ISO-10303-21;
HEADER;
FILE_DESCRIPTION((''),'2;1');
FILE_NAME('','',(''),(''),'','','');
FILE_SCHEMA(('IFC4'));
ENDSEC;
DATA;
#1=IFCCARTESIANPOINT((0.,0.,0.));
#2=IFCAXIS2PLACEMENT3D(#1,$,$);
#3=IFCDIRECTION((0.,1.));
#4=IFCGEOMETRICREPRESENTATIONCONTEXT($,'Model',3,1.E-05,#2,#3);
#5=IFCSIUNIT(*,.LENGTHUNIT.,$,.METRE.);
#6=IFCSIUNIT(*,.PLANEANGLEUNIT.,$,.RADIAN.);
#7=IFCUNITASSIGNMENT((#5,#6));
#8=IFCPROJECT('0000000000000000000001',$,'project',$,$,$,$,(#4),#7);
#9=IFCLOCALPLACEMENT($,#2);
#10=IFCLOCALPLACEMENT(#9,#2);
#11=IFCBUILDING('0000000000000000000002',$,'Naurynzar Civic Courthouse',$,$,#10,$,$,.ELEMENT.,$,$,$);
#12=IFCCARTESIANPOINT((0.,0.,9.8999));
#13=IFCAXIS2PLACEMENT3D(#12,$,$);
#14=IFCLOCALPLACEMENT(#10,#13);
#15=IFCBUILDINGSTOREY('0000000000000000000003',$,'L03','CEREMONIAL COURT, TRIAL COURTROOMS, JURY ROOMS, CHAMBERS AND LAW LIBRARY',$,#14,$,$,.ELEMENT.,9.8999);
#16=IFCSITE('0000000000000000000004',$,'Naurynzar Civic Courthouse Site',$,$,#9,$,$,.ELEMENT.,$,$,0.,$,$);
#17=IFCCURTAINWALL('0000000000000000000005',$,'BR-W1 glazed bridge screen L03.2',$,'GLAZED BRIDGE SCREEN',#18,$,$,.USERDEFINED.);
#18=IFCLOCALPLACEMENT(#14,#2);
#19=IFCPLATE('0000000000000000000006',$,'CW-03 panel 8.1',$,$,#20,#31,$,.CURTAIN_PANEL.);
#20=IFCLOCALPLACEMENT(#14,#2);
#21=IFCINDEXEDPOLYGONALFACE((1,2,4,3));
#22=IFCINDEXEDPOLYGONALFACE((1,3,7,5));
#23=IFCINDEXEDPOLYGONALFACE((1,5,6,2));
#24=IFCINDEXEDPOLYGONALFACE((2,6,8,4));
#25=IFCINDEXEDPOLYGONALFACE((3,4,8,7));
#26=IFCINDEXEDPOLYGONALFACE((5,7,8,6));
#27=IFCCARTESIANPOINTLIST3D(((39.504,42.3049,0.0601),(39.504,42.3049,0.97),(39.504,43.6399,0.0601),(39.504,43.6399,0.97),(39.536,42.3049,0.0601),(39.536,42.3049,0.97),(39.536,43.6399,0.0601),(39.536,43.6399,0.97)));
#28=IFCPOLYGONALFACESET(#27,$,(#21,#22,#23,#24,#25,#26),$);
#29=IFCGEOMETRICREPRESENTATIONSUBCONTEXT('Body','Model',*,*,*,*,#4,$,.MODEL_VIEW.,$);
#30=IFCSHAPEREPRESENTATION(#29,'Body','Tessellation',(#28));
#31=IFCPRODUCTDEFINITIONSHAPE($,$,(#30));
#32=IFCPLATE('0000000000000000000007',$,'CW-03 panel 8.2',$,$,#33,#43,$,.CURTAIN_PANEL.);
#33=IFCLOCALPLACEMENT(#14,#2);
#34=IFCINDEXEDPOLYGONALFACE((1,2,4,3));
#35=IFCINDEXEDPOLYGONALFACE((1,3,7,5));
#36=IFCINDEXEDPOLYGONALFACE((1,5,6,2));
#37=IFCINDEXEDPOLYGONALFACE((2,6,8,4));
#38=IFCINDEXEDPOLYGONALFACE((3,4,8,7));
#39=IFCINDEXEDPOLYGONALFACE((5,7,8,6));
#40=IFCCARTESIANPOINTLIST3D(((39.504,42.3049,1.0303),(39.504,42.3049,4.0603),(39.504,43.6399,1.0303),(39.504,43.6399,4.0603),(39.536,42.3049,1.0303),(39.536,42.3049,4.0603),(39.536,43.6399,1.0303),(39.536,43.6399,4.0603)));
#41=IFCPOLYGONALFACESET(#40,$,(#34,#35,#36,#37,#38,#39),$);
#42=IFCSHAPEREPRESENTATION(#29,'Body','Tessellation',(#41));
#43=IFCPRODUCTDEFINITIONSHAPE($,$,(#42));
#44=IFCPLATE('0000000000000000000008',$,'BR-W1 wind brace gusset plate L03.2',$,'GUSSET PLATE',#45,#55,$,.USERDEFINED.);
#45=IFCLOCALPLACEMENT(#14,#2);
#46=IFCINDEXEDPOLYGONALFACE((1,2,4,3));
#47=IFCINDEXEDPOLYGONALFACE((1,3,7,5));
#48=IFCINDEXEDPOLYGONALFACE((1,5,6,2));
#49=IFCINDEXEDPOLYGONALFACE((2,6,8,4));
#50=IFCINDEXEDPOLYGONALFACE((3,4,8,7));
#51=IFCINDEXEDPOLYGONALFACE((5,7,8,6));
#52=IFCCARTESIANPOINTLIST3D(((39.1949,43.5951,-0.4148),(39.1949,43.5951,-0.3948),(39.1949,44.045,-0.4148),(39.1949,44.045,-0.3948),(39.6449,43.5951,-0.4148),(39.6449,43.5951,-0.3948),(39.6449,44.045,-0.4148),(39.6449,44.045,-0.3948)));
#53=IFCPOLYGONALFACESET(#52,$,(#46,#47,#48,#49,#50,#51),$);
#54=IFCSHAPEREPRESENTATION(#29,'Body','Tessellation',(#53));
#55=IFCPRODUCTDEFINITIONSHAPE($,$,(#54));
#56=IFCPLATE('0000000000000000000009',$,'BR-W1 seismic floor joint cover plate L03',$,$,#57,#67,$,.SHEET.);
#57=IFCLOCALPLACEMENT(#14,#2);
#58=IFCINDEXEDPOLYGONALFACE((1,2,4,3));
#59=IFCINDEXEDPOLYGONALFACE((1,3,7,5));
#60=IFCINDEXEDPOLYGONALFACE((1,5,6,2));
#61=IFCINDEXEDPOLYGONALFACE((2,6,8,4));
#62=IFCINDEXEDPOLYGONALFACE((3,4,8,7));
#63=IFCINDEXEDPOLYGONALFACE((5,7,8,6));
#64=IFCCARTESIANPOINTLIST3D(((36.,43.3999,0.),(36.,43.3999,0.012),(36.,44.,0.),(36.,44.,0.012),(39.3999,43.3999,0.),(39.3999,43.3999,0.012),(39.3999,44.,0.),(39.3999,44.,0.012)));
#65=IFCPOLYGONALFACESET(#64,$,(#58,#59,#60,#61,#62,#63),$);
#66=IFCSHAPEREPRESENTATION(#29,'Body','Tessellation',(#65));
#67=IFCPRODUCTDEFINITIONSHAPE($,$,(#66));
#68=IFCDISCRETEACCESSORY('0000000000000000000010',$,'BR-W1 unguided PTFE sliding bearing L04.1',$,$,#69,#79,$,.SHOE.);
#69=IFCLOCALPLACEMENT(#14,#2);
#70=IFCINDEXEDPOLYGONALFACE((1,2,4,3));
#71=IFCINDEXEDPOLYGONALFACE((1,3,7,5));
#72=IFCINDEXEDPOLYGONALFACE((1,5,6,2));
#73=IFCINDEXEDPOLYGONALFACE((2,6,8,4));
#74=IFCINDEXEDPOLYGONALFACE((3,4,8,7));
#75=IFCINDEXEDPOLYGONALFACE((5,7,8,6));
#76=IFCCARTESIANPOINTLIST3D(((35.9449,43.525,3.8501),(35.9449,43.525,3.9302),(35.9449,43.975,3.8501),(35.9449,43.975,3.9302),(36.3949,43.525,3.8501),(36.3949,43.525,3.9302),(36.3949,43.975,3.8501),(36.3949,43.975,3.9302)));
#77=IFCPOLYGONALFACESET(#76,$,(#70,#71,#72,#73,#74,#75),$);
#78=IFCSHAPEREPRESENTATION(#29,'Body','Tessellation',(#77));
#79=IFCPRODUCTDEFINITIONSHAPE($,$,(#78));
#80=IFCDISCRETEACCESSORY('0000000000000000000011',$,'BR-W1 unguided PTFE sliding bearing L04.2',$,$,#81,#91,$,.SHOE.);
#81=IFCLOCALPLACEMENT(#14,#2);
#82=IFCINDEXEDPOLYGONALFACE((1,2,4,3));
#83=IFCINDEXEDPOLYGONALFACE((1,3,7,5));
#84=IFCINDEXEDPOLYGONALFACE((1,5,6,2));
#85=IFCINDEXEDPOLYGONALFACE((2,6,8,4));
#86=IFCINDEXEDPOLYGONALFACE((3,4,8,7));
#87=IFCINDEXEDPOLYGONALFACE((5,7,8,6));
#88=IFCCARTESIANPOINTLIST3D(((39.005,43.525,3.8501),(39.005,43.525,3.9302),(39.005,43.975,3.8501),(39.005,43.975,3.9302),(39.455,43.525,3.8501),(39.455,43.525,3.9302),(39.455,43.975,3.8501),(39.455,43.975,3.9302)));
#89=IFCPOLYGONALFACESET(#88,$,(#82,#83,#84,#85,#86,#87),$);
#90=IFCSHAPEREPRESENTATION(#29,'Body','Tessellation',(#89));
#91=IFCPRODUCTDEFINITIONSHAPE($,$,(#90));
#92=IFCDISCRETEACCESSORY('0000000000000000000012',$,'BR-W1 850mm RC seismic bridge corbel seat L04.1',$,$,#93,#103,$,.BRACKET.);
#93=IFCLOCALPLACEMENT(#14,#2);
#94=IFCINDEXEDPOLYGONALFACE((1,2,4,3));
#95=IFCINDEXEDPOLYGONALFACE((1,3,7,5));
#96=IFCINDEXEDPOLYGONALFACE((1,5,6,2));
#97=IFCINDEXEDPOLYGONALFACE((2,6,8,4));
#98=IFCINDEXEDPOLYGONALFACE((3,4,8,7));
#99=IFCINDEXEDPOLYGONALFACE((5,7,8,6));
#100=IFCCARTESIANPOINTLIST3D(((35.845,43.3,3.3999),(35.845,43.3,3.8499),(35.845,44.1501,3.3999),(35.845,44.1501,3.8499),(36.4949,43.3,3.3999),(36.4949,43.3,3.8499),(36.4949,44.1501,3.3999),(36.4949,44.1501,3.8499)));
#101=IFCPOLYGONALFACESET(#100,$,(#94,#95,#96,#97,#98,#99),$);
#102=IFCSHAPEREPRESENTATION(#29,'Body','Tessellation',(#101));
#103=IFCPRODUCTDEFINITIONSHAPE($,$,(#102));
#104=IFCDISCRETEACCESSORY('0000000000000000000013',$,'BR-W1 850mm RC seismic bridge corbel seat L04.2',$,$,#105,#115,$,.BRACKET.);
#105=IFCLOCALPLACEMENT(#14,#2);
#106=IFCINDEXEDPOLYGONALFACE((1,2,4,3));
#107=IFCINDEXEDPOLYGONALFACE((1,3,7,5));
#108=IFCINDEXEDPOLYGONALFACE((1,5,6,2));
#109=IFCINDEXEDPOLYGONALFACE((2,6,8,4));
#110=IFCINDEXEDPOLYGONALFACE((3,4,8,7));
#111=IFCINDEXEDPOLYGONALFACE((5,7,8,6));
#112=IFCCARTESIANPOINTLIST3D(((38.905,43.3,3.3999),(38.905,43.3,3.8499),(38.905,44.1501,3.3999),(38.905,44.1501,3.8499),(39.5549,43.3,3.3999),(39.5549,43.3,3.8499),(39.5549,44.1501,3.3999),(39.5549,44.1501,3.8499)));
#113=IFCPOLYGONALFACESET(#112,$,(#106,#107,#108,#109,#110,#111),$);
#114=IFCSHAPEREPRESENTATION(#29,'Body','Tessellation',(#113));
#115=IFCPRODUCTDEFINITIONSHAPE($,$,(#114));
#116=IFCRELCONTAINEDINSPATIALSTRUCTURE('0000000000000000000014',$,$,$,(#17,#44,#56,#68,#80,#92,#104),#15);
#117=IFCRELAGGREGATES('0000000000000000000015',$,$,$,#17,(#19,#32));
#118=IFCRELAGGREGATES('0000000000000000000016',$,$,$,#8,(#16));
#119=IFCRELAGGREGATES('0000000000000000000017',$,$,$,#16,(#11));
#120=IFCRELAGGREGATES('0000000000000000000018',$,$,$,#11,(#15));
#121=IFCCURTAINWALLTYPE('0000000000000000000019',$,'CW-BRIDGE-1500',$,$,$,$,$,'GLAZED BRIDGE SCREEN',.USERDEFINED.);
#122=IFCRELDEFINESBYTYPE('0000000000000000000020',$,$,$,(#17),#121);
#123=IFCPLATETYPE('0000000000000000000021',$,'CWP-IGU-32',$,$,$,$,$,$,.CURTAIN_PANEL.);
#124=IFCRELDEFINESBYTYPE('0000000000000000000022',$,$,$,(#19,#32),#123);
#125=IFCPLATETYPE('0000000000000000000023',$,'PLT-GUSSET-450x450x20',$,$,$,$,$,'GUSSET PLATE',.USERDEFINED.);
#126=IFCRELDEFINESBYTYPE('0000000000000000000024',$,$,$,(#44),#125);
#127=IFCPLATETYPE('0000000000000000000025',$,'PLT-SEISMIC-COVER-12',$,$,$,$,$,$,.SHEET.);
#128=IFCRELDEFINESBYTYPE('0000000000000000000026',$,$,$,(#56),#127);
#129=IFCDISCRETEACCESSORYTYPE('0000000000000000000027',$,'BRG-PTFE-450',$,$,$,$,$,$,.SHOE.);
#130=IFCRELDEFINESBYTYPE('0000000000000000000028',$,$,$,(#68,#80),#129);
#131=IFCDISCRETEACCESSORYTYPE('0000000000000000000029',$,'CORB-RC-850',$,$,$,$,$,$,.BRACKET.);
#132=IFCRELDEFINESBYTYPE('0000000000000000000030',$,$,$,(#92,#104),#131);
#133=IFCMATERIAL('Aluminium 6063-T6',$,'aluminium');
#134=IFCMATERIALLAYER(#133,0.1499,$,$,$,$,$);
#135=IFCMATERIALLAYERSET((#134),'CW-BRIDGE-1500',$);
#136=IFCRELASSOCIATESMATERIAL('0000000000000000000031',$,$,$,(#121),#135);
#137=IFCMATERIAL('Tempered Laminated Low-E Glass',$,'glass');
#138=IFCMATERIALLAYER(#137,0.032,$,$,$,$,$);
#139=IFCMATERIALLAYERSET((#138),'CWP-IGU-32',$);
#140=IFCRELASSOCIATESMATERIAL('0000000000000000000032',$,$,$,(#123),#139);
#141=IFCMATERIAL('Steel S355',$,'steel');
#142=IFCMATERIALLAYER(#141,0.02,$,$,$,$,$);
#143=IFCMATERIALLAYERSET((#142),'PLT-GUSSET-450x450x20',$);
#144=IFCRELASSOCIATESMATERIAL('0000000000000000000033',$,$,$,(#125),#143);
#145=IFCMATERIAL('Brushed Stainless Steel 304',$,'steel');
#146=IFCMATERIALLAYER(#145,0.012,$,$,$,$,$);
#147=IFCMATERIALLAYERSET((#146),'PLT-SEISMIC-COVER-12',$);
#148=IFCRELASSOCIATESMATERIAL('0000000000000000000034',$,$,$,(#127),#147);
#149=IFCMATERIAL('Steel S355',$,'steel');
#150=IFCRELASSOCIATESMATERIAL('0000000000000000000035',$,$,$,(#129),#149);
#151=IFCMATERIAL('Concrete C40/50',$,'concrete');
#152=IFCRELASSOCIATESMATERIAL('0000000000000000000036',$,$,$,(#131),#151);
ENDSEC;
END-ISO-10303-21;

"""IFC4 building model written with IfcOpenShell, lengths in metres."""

from ifc_helpers import new_model, si_unit, direction, frame, origin, origin_2d, place, context, subcontext, project, spatial, rectangle, extrude, material, layer, layer_set, type_object, element, aggregate, save


model = new_model("IFC4")

# Units and contexts
model_context = context("Model", 3, precision=1e-05, world=origin(), true_north=direction((0.0, 1.0)))
body_context = subcontext(model_context, "Body", "Model", "MODEL_VIEW")
ifc_project = project(units=[si_unit("LENGTHUNIT", "METRE"), si_unit("PLANEANGLEUNIT", "RADIAN")], contexts=[model_context])

# Site, building, storey
site_placement = place(None, origin())
site = spatial("IfcSite", under=ifc_project, at=site_placement, Name="Naurynzar Civic Courthouse Site", CompositionType="ELEMENT", RefElevation=0.0)
building_placement = place(site_placement, origin())
building = spatial("IfcBuilding", under=site, at=building_placement, Name="Naurynzar Civic Courthouse", CompositionType="ELEMENT")
storey_placement = place(building_placement, frame((0.0, 0.0, 9.8999)))
storey = spatial("IfcBuildingStorey", under=building, at=storey_placement, Name="L03", Description="CEREMONIAL COURT, TRIAL COURTROOMS, JURY ROOMS, CHAMBERS AND LAW LIBRARY", CompositionType="ELEMENT", Elevation=9.8999)

# Curtain wall
ifc_material_1 = material(Name="Aluminium 6063-T6", Category="aluminium")
ifc_layer_1 = layer(ifc_material_1, 0.1499)
ifc_layer_set_1 = layer_set([ifc_layer_1], Name="CW-BRIDGE-1500")
curtain_wall_type = type_object("IfcCurtainWallType", Name="CW-BRIDGE-1500", ElementType="GLAZED BRIDGE SCREEN", PredefinedType="USERDEFINED", material=ifc_layer_set_1)
curtain_wall_1_placement = place(storey_placement, origin())
curtain_wall_1 = element("IfcCurtainWall", 1, at=curtain_wall_1_placement, inside=storey, type_object=curtain_wall_type, Name="BR-W1 glazed bridge screen L03.2", ObjectType="GLAZED BRIDGE SCREEN", PredefinedType="USERDEFINED")

# Plates
ifc_material_2 = material(Name="Tempered Laminated Low-E Glass", Category="glass")
ifc_layer_2 = layer(ifc_material_2, 0.032)
ifc_layer_set_2 = layer_set([ifc_layer_2], Name="CWP-IGU-32")
plate_type_1 = type_object("IfcPlateType", Name="CWP-IGU-32", PredefinedType="CURTAIN_PANEL", material=ifc_layer_set_2)
plate_1_placement = place(storey_placement, frame((39.52, 42.9724, 0.0601), z_axis=(0.0, 0.0, 1.0), x_axis=(0.0, 1.0, 0.0)))
plate_1 = element("IfcPlate", 2, at=plate_1_placement, type_object=plate_type_1, Name="CW-03 panel 8.1", PredefinedType="CURTAIN_PANEL", context=body_context, shape_type="SweptSolid", body=[
    extrude(rectangle(XDim=1.335, YDim=0.032, at=origin_2d()), origin(), (0.0, 0.0, 1.0), 0.9099),
])
plate_2_placement = place(storey_placement, frame((39.52, 42.9724, 1.0303), z_axis=(0.0, 0.0, 1.0), x_axis=(0.0, 1.0, 0.0)))
plate_2 = element("IfcPlate", 3, at=plate_2_placement, type_object=plate_type_1, Name="CW-03 panel 8.2", PredefinedType="CURTAIN_PANEL", context=body_context, shape_type="SweptSolid", body=[
    extrude(rectangle(XDim=1.335, YDim=0.032, at=origin_2d()), origin(), (0.0, 0.0, 1.0), 3.03),
])
aggregate(curtain_wall_1, [plate_1, plate_2])

# Plates
ifc_material_3 = material(Name="Steel S355", Category="steel")
ifc_layer_3 = layer(ifc_material_3, 0.02)
ifc_layer_set_3 = layer_set([ifc_layer_3], Name="PLT-GUSSET-450x450x20")
plate_type_2 = type_object("IfcPlateType", Name="PLT-GUSSET-450x450x20", ElementType="GUSSET PLATE", PredefinedType="USERDEFINED", material=ifc_layer_set_3)
plate_3_placement = place(storey_placement, frame((39.4199, 43.8201, -0.4148), z_axis=(0.0, 0.0, 1.0), x_axis=(1.0, 0.0, 0.0)))
element("IfcPlate", 4, at=plate_3_placement, inside=storey, type_object=plate_type_2, Name="BR-W1 wind brace gusset plate L03.2", ObjectType="GUSSET PLATE", PredefinedType="USERDEFINED", context=body_context, shape_type="SweptSolid", body=[
    extrude(rectangle(XDim=0.45, YDim=0.45, at=origin_2d()), origin(), (0.0, 0.0, 1.0), 0.02),
])
ifc_material_4 = material(Name="Brushed Stainless Steel 304", Category="steel")
ifc_layer_4 = layer(ifc_material_4, 0.012)
ifc_layer_set_4 = layer_set([ifc_layer_4], Name="PLT-SEISMIC-COVER-12")
plate_type_3 = type_object("IfcPlateType", Name="PLT-SEISMIC-COVER-12", PredefinedType="SHEET", material=ifc_layer_set_4)
plate_4_placement = place(storey_placement, frame((37.7, 43.7, 0.0), z_axis=(0.0, 0.0, 1.0), x_axis=(1.0, 0.0, 0.0)))
element("IfcPlate", 5, at=plate_4_placement, inside=storey, type_object=plate_type_3, Name="BR-W1 seismic floor joint cover plate L03", PredefinedType="SHEET", context=body_context, shape_type="SweptSolid", body=[
    extrude(rectangle(XDim=3.3999, YDim=0.6001, at=origin_2d()), origin(), (0.0, 0.0, 1.0), 0.012),
])

# Discrete accessories
ifc_material_5 = material(Name="Steel S355", Category="steel")
discrete_accessory_type_1 = type_object("IfcDiscreteAccessoryType", Name="BRG-PTFE-450", PredefinedType="SHOE", material=ifc_material_5)
for number, where, z_axis, x_axis, name in (
    (6, (36.1699, 43.75, 3.8501), (0.0, 0.0, 1.0), (1.0, 0.0, 0.0), "BR-W1 unguided PTFE sliding bearing L04.1"),
    (7, (39.23, 43.75, 3.8501), (0.0, 0.0, 1.0), (1.0, 0.0, 0.0), "BR-W1 unguided PTFE sliding bearing L04.2"),
):
    element("IfcDiscreteAccessory", number, at=place(storey_placement, frame(where, z_axis=z_axis, x_axis=x_axis)), inside=storey, type_object=discrete_accessory_type_1, Name=name, PredefinedType="SHOE", context=body_context, shape_type="SweptSolid", body=[
        extrude(rectangle(XDim=0.45, YDim=0.45, at=origin_2d()), origin(), (0.0, 0.0, 1.0), 0.0801),
    ])
ifc_material_6 = material(Name="Concrete C40/50", Category="concrete")
discrete_accessory_type_2 = type_object("IfcDiscreteAccessoryType", Name="CORB-RC-850", PredefinedType="BRACKET", material=ifc_material_6)
for number, where, z_axis, x_axis, name in (
    (8, (36.1699, 43.7251, 3.3999), (0.0, 0.0, 1.0), (1.0, 0.0, 0.0), "BR-W1 850mm RC seismic bridge corbel seat L04.1"),
    (9, (39.23, 43.7251, 3.3999), (0.0, 0.0, 1.0), (1.0, 0.0, 0.0), "BR-W1 850mm RC seismic bridge corbel seat L04.2"),
):
    element("IfcDiscreteAccessory", number, at=place(storey_placement, frame(where, z_axis=z_axis, x_axis=x_axis)), inside=storey, type_object=discrete_accessory_type_2, Name=name, PredefinedType="BRACKET", context=body_context, shape_type="SweptSolid", body=[
        extrude(rectangle(XDim=0.6499, YDim=0.8501, at=origin_2d()), origin(), (0.0, 0.0, 1.0), 0.45),
    ])

save(model, "model.ifc")
